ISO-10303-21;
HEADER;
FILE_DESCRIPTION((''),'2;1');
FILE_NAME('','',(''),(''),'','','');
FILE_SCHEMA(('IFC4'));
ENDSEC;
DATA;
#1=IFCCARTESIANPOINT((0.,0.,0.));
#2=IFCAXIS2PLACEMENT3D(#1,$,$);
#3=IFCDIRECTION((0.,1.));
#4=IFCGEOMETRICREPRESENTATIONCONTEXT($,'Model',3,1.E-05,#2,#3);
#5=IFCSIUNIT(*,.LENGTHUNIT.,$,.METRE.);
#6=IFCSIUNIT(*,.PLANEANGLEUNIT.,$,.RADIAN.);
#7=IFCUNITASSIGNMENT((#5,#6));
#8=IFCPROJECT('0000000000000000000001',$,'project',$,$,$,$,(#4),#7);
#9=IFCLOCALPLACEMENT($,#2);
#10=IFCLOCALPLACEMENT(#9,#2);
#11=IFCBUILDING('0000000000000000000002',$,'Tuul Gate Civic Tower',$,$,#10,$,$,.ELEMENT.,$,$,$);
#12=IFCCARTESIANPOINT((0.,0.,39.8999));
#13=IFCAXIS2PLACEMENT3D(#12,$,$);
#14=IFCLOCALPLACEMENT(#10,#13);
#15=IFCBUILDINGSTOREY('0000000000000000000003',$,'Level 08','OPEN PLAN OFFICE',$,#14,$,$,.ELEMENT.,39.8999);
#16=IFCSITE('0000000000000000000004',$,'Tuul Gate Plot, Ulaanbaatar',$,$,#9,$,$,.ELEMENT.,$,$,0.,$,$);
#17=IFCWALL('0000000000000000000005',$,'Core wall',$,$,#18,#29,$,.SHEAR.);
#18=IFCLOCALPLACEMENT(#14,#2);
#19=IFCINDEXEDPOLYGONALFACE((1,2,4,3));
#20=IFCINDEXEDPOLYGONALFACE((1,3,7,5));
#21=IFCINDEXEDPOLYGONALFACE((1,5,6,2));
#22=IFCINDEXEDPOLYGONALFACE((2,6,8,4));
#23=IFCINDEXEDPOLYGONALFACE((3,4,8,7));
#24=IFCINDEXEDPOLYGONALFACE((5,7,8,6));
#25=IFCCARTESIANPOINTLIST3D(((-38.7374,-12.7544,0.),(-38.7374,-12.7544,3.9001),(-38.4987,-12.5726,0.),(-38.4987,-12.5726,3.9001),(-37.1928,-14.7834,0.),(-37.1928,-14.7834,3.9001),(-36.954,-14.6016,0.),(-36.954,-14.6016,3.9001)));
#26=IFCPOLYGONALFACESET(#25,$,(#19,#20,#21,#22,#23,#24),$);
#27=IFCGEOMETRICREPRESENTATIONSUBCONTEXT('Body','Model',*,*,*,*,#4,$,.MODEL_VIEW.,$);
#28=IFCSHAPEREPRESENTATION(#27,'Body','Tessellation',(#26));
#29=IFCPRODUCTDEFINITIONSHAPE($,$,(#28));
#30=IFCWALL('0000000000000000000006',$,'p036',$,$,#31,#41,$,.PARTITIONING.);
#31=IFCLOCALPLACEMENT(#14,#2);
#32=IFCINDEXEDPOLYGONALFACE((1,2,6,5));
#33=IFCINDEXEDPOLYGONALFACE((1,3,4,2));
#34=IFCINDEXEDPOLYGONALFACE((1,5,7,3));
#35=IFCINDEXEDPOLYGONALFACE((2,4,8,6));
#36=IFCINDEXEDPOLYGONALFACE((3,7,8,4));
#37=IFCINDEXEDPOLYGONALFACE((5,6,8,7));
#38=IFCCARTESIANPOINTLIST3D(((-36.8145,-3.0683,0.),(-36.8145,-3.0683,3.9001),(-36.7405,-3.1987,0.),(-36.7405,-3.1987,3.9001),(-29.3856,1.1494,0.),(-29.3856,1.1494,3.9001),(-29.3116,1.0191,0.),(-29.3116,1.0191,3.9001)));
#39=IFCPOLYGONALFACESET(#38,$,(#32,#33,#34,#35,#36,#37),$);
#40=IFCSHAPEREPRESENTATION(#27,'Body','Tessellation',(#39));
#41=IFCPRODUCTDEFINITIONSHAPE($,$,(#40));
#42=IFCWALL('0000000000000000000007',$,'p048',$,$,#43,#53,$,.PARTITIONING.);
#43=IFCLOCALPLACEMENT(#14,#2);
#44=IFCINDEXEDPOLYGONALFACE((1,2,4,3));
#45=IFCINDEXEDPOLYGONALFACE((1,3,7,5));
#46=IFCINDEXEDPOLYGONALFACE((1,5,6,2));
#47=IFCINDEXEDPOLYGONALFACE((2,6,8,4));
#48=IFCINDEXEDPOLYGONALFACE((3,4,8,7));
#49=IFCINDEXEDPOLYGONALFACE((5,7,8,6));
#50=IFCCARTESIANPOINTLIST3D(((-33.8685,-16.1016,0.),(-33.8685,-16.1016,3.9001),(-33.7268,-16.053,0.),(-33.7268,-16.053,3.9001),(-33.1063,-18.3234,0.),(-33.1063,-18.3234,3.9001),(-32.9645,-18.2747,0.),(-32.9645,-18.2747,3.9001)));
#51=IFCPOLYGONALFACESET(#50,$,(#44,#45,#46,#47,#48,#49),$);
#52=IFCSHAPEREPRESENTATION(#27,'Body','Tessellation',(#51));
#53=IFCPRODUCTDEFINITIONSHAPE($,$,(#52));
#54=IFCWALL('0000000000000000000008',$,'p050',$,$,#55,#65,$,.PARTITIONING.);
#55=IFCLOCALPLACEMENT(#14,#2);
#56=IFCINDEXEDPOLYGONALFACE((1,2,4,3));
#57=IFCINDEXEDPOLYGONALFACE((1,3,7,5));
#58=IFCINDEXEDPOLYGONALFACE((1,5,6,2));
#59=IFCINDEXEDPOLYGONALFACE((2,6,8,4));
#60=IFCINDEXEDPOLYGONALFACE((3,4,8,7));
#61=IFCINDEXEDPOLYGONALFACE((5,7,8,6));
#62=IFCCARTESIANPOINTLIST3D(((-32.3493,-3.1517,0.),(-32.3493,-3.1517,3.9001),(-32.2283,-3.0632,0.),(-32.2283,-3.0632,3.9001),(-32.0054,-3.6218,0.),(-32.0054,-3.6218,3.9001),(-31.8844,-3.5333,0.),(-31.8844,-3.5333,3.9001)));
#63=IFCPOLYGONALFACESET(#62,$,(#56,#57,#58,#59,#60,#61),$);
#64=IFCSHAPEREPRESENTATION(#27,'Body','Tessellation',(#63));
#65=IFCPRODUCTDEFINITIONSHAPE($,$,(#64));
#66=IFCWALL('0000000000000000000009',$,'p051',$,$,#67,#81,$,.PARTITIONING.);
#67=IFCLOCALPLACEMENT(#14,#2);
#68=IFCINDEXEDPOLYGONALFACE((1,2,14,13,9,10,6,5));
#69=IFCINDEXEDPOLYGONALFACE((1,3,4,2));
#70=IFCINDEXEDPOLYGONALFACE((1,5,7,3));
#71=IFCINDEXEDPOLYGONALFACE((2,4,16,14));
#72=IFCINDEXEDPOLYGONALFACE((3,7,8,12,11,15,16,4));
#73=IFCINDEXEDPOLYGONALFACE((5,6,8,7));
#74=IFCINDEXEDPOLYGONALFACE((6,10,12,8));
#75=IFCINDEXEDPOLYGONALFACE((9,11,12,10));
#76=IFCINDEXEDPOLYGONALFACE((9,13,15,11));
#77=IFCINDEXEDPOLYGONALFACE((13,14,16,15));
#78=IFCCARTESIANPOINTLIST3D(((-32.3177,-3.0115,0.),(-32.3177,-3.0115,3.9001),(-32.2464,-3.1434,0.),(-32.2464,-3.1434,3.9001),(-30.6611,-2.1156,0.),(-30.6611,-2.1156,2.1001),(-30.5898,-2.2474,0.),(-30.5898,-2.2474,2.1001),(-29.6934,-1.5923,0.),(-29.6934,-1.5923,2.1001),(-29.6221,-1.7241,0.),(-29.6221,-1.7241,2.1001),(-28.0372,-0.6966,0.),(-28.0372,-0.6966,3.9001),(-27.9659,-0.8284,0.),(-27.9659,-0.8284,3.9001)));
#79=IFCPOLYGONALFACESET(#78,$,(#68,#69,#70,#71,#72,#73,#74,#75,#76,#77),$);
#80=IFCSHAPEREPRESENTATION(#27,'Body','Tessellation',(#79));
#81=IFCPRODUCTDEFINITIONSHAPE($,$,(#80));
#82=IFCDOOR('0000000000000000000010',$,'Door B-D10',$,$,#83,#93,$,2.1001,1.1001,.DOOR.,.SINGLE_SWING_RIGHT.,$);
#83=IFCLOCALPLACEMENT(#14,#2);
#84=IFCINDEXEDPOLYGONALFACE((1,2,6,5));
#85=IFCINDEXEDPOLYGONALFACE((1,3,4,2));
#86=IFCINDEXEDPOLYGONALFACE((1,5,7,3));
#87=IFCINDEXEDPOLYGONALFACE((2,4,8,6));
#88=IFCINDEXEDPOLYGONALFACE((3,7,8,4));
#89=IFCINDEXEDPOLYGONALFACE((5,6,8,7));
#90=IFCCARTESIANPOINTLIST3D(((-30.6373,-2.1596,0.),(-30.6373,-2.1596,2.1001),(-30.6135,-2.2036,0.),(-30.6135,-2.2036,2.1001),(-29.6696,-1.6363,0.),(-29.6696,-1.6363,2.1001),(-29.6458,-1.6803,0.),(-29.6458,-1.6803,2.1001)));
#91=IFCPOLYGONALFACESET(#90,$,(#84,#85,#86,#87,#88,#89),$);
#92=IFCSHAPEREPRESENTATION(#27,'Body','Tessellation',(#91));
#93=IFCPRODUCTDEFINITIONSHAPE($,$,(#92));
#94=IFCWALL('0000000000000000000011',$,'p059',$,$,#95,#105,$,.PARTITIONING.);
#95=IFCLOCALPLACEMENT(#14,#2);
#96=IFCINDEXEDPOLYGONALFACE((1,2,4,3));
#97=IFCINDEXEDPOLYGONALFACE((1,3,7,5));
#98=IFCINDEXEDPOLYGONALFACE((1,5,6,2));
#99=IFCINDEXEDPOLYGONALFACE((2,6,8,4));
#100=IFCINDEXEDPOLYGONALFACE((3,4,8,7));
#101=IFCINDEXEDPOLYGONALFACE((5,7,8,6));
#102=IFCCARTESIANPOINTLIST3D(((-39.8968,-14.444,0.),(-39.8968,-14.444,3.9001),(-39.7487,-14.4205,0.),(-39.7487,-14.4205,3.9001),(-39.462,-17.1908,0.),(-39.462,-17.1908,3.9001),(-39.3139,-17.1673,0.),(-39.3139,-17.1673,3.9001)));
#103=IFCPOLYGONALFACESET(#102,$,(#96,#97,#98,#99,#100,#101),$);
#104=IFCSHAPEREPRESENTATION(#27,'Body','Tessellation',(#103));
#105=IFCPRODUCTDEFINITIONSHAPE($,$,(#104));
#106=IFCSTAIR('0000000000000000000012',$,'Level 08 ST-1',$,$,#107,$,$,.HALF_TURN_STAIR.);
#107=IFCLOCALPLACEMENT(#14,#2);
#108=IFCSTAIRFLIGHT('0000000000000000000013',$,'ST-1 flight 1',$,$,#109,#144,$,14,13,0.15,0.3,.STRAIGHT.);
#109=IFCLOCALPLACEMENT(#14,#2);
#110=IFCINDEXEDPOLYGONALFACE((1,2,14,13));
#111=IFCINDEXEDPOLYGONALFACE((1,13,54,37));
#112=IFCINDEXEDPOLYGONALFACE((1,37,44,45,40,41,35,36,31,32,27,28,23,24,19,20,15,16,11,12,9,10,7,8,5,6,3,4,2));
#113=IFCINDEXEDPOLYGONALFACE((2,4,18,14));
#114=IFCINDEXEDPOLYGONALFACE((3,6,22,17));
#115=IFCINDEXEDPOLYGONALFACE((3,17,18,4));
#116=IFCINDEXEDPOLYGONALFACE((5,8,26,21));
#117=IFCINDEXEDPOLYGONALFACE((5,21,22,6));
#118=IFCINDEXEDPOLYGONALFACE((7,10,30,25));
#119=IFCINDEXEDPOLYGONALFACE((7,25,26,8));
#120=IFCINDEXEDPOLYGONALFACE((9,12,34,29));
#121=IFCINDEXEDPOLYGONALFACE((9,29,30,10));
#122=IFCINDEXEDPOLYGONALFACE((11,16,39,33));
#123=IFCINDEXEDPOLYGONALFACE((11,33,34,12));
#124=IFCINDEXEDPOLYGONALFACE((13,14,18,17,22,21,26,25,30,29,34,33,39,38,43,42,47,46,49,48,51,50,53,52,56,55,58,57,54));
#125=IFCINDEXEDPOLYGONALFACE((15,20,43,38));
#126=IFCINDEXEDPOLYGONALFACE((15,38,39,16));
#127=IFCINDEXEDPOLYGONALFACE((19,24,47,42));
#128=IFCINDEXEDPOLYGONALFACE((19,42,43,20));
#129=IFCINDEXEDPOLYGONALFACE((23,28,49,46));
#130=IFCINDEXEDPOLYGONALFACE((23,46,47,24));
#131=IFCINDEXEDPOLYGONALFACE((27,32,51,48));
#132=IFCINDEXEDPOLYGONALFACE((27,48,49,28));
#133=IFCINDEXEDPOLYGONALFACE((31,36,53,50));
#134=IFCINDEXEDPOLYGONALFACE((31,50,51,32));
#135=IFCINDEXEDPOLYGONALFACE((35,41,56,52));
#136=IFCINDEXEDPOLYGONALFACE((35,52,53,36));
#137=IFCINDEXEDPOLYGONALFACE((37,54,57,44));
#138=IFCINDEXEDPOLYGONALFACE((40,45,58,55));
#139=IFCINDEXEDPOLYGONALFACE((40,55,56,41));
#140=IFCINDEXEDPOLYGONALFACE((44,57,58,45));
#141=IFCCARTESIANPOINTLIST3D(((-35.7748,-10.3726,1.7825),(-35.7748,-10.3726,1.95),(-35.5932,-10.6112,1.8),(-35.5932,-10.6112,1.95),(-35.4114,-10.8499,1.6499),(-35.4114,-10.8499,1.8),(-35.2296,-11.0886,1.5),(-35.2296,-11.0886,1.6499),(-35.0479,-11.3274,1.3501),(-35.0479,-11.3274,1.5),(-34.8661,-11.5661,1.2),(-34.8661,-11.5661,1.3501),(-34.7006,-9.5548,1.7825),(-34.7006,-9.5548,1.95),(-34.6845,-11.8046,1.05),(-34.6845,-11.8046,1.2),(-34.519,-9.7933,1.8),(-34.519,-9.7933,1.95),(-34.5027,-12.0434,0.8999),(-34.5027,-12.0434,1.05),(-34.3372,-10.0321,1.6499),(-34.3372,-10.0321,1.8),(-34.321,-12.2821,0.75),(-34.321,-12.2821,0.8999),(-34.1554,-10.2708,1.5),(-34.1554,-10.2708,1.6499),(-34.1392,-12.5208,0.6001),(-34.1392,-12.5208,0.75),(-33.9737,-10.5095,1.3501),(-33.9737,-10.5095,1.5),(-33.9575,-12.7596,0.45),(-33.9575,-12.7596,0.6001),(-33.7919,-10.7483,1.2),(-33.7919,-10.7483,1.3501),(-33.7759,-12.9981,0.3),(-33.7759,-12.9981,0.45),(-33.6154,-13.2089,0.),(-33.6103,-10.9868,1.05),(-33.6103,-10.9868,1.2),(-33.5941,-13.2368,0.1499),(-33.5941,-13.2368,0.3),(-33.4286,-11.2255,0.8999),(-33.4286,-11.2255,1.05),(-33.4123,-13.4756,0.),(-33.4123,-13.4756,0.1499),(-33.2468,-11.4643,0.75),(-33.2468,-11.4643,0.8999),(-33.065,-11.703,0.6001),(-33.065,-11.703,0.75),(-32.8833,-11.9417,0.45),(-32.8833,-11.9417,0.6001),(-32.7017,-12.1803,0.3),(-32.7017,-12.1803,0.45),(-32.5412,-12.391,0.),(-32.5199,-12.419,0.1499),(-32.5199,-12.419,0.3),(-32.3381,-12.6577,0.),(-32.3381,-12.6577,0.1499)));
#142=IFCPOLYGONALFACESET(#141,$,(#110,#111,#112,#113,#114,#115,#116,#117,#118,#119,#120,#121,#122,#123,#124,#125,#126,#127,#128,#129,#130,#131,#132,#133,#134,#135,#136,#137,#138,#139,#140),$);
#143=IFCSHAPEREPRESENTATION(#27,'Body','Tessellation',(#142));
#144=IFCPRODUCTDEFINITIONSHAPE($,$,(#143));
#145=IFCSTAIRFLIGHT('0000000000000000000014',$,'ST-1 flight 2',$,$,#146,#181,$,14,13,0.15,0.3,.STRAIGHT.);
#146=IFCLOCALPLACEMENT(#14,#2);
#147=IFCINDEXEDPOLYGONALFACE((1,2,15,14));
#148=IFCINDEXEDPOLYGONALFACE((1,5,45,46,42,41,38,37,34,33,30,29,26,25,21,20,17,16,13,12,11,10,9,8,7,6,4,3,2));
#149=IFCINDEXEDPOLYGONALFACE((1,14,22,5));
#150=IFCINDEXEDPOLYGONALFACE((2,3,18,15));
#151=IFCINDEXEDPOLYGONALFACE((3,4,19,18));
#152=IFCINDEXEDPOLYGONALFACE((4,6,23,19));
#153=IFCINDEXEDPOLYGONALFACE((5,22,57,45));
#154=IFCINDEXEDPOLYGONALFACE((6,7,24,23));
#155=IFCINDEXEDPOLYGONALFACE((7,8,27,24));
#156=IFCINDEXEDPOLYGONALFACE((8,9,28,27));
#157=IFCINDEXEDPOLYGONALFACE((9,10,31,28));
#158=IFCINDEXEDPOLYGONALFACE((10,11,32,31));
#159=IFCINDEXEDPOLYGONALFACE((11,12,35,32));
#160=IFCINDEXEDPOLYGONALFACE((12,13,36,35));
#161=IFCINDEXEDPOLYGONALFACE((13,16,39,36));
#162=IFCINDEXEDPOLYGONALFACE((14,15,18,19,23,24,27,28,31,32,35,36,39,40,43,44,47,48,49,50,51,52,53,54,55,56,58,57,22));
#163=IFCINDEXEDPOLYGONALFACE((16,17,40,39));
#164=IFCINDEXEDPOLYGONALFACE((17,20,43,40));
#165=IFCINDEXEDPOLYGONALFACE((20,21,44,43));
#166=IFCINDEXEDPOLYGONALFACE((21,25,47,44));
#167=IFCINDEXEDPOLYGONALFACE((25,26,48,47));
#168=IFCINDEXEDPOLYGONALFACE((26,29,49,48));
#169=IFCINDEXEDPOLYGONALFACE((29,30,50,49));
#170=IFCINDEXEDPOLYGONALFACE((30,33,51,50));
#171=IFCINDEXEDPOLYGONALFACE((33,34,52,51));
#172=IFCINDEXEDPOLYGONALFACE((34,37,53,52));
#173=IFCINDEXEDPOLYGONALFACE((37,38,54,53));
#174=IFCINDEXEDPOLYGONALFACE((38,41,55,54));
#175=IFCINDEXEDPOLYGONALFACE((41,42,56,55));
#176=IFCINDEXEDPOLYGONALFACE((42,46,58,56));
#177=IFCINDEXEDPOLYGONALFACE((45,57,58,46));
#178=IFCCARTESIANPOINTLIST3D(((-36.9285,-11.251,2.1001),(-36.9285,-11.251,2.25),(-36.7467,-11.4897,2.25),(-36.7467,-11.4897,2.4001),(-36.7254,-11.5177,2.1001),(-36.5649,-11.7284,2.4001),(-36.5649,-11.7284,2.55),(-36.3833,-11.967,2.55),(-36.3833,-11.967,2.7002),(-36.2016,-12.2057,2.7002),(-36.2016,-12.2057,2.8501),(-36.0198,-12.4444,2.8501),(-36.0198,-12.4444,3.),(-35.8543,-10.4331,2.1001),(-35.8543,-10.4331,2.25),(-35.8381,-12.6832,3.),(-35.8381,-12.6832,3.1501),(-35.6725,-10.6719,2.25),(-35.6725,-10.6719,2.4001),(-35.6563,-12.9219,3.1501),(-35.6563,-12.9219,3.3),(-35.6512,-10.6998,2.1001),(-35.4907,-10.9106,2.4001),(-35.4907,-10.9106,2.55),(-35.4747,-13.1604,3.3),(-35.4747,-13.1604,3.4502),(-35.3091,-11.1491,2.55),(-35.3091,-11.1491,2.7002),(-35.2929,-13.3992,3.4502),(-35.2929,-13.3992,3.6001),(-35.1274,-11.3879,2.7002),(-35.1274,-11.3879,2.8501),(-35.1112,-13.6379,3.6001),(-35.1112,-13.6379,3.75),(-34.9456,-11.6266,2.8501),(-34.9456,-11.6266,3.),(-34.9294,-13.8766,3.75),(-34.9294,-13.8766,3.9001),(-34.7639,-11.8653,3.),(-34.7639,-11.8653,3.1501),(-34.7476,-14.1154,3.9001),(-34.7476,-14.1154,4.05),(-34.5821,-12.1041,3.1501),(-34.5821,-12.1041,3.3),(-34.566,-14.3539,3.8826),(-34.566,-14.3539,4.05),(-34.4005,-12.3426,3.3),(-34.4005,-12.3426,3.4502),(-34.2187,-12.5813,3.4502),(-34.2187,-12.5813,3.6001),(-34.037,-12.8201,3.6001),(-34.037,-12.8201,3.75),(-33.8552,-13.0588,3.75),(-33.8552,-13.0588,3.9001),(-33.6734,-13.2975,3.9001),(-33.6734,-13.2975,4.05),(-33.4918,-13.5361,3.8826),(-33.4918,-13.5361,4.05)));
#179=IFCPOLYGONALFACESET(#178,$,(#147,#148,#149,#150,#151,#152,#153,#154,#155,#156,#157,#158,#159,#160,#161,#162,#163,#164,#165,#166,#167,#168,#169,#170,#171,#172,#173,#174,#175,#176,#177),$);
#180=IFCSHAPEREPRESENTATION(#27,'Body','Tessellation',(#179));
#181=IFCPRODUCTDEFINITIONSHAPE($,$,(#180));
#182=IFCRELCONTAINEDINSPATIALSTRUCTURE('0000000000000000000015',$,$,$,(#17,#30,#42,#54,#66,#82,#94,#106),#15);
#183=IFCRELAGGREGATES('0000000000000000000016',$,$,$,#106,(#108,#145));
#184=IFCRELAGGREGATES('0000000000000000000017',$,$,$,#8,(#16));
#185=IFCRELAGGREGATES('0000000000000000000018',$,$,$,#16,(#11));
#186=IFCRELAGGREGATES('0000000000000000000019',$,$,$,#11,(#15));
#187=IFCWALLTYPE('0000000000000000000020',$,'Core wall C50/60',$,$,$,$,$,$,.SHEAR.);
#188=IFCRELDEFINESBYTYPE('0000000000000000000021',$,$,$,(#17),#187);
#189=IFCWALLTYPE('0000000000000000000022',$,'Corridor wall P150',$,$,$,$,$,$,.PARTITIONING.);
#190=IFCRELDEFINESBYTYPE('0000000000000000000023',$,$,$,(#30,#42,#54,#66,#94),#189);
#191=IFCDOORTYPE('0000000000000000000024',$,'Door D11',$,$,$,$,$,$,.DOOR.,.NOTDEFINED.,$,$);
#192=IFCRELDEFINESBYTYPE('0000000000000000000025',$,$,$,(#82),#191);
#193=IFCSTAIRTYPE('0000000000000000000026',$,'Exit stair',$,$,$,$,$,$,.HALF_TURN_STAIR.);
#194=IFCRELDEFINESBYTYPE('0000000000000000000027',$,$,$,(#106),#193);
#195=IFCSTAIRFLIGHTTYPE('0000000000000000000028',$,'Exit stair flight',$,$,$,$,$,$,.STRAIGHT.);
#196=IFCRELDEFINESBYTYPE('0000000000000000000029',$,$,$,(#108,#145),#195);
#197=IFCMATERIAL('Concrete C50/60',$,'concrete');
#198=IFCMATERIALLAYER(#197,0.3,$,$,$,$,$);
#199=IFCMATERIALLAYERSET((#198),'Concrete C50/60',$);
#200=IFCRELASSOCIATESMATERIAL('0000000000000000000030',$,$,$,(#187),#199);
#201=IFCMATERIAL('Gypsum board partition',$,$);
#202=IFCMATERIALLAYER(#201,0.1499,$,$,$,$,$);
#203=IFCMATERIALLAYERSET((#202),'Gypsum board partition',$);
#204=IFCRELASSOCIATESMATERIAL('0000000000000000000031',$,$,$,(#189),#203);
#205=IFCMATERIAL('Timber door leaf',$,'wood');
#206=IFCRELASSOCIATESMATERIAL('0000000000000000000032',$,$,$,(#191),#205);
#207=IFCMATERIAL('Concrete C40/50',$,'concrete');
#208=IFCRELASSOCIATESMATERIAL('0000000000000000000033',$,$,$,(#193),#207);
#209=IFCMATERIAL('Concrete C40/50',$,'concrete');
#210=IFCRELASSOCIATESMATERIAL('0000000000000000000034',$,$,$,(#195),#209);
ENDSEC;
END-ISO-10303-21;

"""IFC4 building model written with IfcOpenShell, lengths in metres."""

from ifc_helpers import new_model, si_unit, direction, frame, frame_2d, origin, place, context, subcontext, project, spatial, polyline, rectangle, outline, extrude, material, layer, layer_set, type_object, element, fill, aggregate, save


model = new_model("IFC4")

# Units and contexts
model_context = context("Model", 3, precision=1e-05, world=origin(), true_north=direction((0.0, 1.0)))
body_context = subcontext(model_context, "Body", "Model", "MODEL_VIEW")
ifc_project = project(units=[si_unit("LENGTHUNIT", "METRE"), si_unit("PLANEANGLEUNIT", "RADIAN")], contexts=[model_context])

# Site, building, storey
site_placement = place(None, origin())
site = spatial("IfcSite", under=ifc_project, at=site_placement, Name="Tuul Gate Plot, Ulaanbaatar", CompositionType="ELEMENT", RefElevation=0.0)
building_placement = place(site_placement, origin())
building = spatial("IfcBuilding", under=site, at=building_placement, Name="Tuul Gate Civic Tower", CompositionType="ELEMENT")
storey_placement = place(building_placement, frame((0.0, 0.0, 39.8999)))
storey = spatial("IfcBuildingStorey", under=building, at=storey_placement, Name="Level 08", Description="OPEN PLAN OFFICE", CompositionType="ELEMENT", Elevation=39.8999)

# Shared definitions
ifc_material_1 = material(Name="Concrete C50/60", Category="concrete")
ifc_layer_1 = layer(ifc_material_1, 0.3)
ifc_layer_set_1 = layer_set([ifc_layer_1], Name="Concrete C50/60")
wall_type_1 = type_object("IfcWallType", Name="Core wall C50/60", PredefinedType="SHEAR", material=ifc_layer_set_1)

# Walls
wall_1_placement = place(storey_placement, frame((-37.0735, -14.6924, 0.0), z_axis=(0.0, 0.0, 1.0), x_axis=(-0.605729, 0.795671, 0.0)))
element("IfcWall", 1, at=wall_1_placement, inside=storey, type_object=wall_type_1, Name="Core wall", PredefinedType="SHEAR", context=body_context, shape_type="SweptSolid", body=[
    extrude(rectangle(XDim=2.55, YDim=0.3, at=frame_2d((1.2749, 0.0))), origin(), (0.0, 0.0, 1.0), 3.9001),
])
ifc_material_2 = material(Name="Gypsum board partition")
ifc_layer_2 = layer(ifc_material_2, 0.1499)
ifc_layer_set_2 = layer_set([ifc_layer_2], Name="Gypsum board partition")
wall_type_2 = type_object("IfcWallType", Name="Corridor wall P150", PredefinedType="PARTITIONING", material=ifc_layer_set_2)
wall_2_placement = place(storey_placement, frame((-36.7776, -3.1335, 0.0), z_axis=(0.0, 0.0, 1.0), x_axis=(0.869619, 0.493724, 0.0)))
element("IfcWall", 2, at=wall_2_placement, inside=storey, type_object=wall_type_2, Name="p036", PredefinedType="PARTITIONING", context=body_context, shape_type="SweptSolid", body=[
    extrude(rectangle(XDim=8.5427, YDim=0.1499, at=frame_2d((4.2715, 0.0))), origin(), (0.0, 0.0, 1.0), 3.9001),
])
wall_3_placement = place(storey_placement, frame((-33.7976, -16.0774, 0.0), z_axis=(0.0, 0.0, 1.0), x_axis=(0.32451, -0.945882, 0.0)))
element("IfcWall", 3, at=wall_3_placement, inside=storey, type_object=wall_type_2, Name="p048", PredefinedType="PARTITIONING", context=body_context, shape_type="SweptSolid", body=[
    extrude(rectangle(XDim=2.3489, YDim=0.1499, at=frame_2d((1.1743, 0.0))), origin(), (0.0, 0.0, 1.0), 3.9001),
])
wall_4_placement = place(storey_placement, frame((-32.2888, -3.1074, 0.0), z_axis=(0.0, 0.0, 1.0), x_axis=(0.590437, -0.807084, 0.0)))
element("IfcWall", 4, at=wall_4_placement, inside=storey, type_object=wall_type_2, Name="p050", PredefinedType="PARTITIONING", context=body_context, shape_type="SweptSolid", body=[
    extrude(rectangle(XDim=0.5825, YDim=0.1499, at=frame_2d((0.2913, 0.0))), origin(), (0.0, 0.0, 1.0), 3.9001),
])

# Wall, opening, door
wall_5_placement = place(storey_placement, frame((-32.282, -3.0774, 0.0), z_axis=(0.0, 0.0, 1.0), x_axis=(0.879608, 0.4757, 0.0)))
wall_5 = element("IfcWall", 5, at=wall_5_placement, inside=storey, type_object=wall_type_2, Name="p051", PredefinedType="PARTITIONING", context=body_context, shape_type="SweptSolid", body=[
    extrude(rectangle(XDim=4.8665, YDim=0.1499, at=frame_2d((2.4331, 0.0))), origin(), (0.0, 0.0, 1.0), 3.9001),
])
opening_1_placement = place(wall_5_placement, frame((1.8833, 0.0, 0.0)))
opening_1 = element("IfcOpeningElement", 6, at=opening_1_placement, cuts=wall_5, PredefinedType="OPENING", context=body_context, shape_type="SweptSolid", body=[
    extrude(rectangle(XDim=1.1001, YDim=2.1001, at=frame_2d((0.55, 1.05))), frame((0.0, 0.085, 0.0), z_axis=(0.0, -1.0, 0.0), x_axis=(1.0, 0.0, 0.0)), (0.0, 0.0, 1.0), 0.1699),
])
ifc_material_3 = material(Name="Timber door leaf", Category="wood")
door_type_1 = type_object("IfcDoorType", Name="Door D11", OperationType="NOTDEFINED", PredefinedType="DOOR", material=ifc_material_3)
door_1_placement = place(opening_1_placement, origin())
door_1 = element("IfcDoor", 7, at=door_1_placement, inside=storey, type_object=door_type_1, Name="Door B-D10", OperationType="SINGLE_SWING_RIGHT", OverallHeight=2.1001, OverallWidth=1.1001, PredefinedType="DOOR", context=body_context, shape_type="SweptSolid", body=[
    extrude(rectangle(XDim=1.1001, YDim=2.1001, at=frame_2d((0.55, 1.05))), frame((0.0, 0.0249, 0.0), z_axis=(0.0, -1.0, 0.0), x_axis=(1.0, 0.0, 0.0)), (0.0, 0.0, 1.0), 0.05),
])
fill(opening_1, door_1)

# Wall
wall_6_placement = place(storey_placement, frame((-39.8228, -14.4321, 0.0), z_axis=(0.0, 0.0, 1.0), x_axis=(0.15635, -0.987702, 0.0)))
element("IfcWall", 8, at=wall_6_placement, inside=storey, type_object=wall_type_2, Name="p059", PredefinedType="PARTITIONING", context=body_context, shape_type="SweptSolid", body=[
    extrude(rectangle(XDim=2.781, YDim=0.1499, at=frame_2d((1.3906, 0.0))), origin(), (0.0, 0.0, 1.0), 3.9001),
])

# Stair, stair flights
ifc_material_4 = material(Name="Concrete C40/50", Category="concrete")
stair_type = type_object("IfcStairType", Name="Exit stair", PredefinedType="HALF_TURN_STAIR", material=ifc_material_4)
stair_placement = place(storey_placement, origin())
stair = element("IfcStair", 9, at=stair_placement, inside=storey, type_object=stair_type, Name="Level 08 ST-1", PredefinedType="HALF_TURN_STAIR")
ifc_material_5 = material(Name="Concrete C40/50", Category="concrete")
stair_flight_type = type_object("IfcStairFlightType", Name="Exit stair flight", PredefinedType="STRAIGHT", material=ifc_material_5)
stair_flight_1_placement = place(storey_placement, frame((-32.8752, -13.0667, 0.0), z_axis=(0.0, 0.0, 1.0), x_axis=(-0.605764, 0.795644, 0.0)))
stair_flight_1 = element("IfcStairFlight", 10, at=stair_flight_1_placement, type_object=stair_flight_type, Name="ST-1 flight 1", NumberOfRisers=14, NumberOfTreads=13, PredefinedType="STRAIGHT", RiserHeight=0.15, TreadLength=0.3, context=body_context, shape_type="SweptSolid", body=[
    extrude(outline(polyline([(0.0, 0.0), (0.0, 0.1499), (0.3, 0.1499), (0.3, 0.3), (0.6001, 0.3), (0.6001, 0.45), (0.8999, 0.45), (0.8999, 0.6001), (1.2, 0.6001), (1.2, 0.75), (1.5, 0.75), (1.5, 0.8999), (1.8, 0.8999), (1.8, 1.05), (2.1001, 1.05), (2.1001, 1.2), (2.3999, 1.2), (2.3999, 1.3501), (2.7, 1.3501), (2.7, 1.5), (3.0, 1.5), (3.0, 1.6499), (3.3, 1.6499), (3.3, 1.8), (3.6001, 1.8), (3.6001, 1.95), (3.8999, 1.95), (3.8999, 2.1001), (3.8999, 1.7825), (0.3352, 0.0), (0.0, 0.0)])), frame((0.0, 0.675, 0.0), z_axis=(0.0, -1.0, 0.0), x_axis=(1.0, 0.0, 0.0)), (0.0, 0.0, 1.0), 1.3501),
])
stair_flight_2_placement = place(storey_placement, frame((-36.3914, -10.842, 2.1001), z_axis=(0.0, 0.0, 1.0), x_axis=(0.605764, -0.795644, 0.0)))
stair_flight_2 = element("IfcStairFlight", 11, at=stair_flight_2_placement, type_object=stair_flight_type, Name="ST-1 flight 2", NumberOfRisers=14, NumberOfTreads=13, PredefinedType="STRAIGHT", RiserHeight=0.15, TreadLength=0.3, context=body_context, shape_type="SweptSolid", body=[
    extrude(outline(polyline([(0.0, 0.0), (0.0, 0.1499), (0.3, 0.1499), (0.3, 0.3), (0.6001, 0.3), (0.6001, 0.45), (0.8999, 0.45), (0.8999, 0.6001), (1.2, 0.6001), (1.2, 0.75), (1.5, 0.75), (1.5, 0.8999), (1.8, 0.8999), (1.8, 1.05), (2.1001, 1.05), (2.1001, 1.2), (2.3999, 1.2), (2.3999, 1.3501), (2.7, 1.3501), (2.7, 1.5), (3.0, 1.5), (3.0, 1.6499), (3.3, 1.6499), (3.3, 1.8), (3.6001, 1.8), (3.6001, 1.95), (3.8999, 1.95), (3.8999, 2.1001), (3.8999, 1.7825), (0.3352, 0.0), (0.0, 0.0)])), frame((0.0, 0.675, 0.0), z_axis=(0.0, -1.0, 0.0), x_axis=(1.0, 0.0, 0.0)), (0.0, 0.0, 1.0), 1.3501),
])
aggregate(stair, [stair_flight_1, stair_flight_2])

save(model, "model.ifc")
